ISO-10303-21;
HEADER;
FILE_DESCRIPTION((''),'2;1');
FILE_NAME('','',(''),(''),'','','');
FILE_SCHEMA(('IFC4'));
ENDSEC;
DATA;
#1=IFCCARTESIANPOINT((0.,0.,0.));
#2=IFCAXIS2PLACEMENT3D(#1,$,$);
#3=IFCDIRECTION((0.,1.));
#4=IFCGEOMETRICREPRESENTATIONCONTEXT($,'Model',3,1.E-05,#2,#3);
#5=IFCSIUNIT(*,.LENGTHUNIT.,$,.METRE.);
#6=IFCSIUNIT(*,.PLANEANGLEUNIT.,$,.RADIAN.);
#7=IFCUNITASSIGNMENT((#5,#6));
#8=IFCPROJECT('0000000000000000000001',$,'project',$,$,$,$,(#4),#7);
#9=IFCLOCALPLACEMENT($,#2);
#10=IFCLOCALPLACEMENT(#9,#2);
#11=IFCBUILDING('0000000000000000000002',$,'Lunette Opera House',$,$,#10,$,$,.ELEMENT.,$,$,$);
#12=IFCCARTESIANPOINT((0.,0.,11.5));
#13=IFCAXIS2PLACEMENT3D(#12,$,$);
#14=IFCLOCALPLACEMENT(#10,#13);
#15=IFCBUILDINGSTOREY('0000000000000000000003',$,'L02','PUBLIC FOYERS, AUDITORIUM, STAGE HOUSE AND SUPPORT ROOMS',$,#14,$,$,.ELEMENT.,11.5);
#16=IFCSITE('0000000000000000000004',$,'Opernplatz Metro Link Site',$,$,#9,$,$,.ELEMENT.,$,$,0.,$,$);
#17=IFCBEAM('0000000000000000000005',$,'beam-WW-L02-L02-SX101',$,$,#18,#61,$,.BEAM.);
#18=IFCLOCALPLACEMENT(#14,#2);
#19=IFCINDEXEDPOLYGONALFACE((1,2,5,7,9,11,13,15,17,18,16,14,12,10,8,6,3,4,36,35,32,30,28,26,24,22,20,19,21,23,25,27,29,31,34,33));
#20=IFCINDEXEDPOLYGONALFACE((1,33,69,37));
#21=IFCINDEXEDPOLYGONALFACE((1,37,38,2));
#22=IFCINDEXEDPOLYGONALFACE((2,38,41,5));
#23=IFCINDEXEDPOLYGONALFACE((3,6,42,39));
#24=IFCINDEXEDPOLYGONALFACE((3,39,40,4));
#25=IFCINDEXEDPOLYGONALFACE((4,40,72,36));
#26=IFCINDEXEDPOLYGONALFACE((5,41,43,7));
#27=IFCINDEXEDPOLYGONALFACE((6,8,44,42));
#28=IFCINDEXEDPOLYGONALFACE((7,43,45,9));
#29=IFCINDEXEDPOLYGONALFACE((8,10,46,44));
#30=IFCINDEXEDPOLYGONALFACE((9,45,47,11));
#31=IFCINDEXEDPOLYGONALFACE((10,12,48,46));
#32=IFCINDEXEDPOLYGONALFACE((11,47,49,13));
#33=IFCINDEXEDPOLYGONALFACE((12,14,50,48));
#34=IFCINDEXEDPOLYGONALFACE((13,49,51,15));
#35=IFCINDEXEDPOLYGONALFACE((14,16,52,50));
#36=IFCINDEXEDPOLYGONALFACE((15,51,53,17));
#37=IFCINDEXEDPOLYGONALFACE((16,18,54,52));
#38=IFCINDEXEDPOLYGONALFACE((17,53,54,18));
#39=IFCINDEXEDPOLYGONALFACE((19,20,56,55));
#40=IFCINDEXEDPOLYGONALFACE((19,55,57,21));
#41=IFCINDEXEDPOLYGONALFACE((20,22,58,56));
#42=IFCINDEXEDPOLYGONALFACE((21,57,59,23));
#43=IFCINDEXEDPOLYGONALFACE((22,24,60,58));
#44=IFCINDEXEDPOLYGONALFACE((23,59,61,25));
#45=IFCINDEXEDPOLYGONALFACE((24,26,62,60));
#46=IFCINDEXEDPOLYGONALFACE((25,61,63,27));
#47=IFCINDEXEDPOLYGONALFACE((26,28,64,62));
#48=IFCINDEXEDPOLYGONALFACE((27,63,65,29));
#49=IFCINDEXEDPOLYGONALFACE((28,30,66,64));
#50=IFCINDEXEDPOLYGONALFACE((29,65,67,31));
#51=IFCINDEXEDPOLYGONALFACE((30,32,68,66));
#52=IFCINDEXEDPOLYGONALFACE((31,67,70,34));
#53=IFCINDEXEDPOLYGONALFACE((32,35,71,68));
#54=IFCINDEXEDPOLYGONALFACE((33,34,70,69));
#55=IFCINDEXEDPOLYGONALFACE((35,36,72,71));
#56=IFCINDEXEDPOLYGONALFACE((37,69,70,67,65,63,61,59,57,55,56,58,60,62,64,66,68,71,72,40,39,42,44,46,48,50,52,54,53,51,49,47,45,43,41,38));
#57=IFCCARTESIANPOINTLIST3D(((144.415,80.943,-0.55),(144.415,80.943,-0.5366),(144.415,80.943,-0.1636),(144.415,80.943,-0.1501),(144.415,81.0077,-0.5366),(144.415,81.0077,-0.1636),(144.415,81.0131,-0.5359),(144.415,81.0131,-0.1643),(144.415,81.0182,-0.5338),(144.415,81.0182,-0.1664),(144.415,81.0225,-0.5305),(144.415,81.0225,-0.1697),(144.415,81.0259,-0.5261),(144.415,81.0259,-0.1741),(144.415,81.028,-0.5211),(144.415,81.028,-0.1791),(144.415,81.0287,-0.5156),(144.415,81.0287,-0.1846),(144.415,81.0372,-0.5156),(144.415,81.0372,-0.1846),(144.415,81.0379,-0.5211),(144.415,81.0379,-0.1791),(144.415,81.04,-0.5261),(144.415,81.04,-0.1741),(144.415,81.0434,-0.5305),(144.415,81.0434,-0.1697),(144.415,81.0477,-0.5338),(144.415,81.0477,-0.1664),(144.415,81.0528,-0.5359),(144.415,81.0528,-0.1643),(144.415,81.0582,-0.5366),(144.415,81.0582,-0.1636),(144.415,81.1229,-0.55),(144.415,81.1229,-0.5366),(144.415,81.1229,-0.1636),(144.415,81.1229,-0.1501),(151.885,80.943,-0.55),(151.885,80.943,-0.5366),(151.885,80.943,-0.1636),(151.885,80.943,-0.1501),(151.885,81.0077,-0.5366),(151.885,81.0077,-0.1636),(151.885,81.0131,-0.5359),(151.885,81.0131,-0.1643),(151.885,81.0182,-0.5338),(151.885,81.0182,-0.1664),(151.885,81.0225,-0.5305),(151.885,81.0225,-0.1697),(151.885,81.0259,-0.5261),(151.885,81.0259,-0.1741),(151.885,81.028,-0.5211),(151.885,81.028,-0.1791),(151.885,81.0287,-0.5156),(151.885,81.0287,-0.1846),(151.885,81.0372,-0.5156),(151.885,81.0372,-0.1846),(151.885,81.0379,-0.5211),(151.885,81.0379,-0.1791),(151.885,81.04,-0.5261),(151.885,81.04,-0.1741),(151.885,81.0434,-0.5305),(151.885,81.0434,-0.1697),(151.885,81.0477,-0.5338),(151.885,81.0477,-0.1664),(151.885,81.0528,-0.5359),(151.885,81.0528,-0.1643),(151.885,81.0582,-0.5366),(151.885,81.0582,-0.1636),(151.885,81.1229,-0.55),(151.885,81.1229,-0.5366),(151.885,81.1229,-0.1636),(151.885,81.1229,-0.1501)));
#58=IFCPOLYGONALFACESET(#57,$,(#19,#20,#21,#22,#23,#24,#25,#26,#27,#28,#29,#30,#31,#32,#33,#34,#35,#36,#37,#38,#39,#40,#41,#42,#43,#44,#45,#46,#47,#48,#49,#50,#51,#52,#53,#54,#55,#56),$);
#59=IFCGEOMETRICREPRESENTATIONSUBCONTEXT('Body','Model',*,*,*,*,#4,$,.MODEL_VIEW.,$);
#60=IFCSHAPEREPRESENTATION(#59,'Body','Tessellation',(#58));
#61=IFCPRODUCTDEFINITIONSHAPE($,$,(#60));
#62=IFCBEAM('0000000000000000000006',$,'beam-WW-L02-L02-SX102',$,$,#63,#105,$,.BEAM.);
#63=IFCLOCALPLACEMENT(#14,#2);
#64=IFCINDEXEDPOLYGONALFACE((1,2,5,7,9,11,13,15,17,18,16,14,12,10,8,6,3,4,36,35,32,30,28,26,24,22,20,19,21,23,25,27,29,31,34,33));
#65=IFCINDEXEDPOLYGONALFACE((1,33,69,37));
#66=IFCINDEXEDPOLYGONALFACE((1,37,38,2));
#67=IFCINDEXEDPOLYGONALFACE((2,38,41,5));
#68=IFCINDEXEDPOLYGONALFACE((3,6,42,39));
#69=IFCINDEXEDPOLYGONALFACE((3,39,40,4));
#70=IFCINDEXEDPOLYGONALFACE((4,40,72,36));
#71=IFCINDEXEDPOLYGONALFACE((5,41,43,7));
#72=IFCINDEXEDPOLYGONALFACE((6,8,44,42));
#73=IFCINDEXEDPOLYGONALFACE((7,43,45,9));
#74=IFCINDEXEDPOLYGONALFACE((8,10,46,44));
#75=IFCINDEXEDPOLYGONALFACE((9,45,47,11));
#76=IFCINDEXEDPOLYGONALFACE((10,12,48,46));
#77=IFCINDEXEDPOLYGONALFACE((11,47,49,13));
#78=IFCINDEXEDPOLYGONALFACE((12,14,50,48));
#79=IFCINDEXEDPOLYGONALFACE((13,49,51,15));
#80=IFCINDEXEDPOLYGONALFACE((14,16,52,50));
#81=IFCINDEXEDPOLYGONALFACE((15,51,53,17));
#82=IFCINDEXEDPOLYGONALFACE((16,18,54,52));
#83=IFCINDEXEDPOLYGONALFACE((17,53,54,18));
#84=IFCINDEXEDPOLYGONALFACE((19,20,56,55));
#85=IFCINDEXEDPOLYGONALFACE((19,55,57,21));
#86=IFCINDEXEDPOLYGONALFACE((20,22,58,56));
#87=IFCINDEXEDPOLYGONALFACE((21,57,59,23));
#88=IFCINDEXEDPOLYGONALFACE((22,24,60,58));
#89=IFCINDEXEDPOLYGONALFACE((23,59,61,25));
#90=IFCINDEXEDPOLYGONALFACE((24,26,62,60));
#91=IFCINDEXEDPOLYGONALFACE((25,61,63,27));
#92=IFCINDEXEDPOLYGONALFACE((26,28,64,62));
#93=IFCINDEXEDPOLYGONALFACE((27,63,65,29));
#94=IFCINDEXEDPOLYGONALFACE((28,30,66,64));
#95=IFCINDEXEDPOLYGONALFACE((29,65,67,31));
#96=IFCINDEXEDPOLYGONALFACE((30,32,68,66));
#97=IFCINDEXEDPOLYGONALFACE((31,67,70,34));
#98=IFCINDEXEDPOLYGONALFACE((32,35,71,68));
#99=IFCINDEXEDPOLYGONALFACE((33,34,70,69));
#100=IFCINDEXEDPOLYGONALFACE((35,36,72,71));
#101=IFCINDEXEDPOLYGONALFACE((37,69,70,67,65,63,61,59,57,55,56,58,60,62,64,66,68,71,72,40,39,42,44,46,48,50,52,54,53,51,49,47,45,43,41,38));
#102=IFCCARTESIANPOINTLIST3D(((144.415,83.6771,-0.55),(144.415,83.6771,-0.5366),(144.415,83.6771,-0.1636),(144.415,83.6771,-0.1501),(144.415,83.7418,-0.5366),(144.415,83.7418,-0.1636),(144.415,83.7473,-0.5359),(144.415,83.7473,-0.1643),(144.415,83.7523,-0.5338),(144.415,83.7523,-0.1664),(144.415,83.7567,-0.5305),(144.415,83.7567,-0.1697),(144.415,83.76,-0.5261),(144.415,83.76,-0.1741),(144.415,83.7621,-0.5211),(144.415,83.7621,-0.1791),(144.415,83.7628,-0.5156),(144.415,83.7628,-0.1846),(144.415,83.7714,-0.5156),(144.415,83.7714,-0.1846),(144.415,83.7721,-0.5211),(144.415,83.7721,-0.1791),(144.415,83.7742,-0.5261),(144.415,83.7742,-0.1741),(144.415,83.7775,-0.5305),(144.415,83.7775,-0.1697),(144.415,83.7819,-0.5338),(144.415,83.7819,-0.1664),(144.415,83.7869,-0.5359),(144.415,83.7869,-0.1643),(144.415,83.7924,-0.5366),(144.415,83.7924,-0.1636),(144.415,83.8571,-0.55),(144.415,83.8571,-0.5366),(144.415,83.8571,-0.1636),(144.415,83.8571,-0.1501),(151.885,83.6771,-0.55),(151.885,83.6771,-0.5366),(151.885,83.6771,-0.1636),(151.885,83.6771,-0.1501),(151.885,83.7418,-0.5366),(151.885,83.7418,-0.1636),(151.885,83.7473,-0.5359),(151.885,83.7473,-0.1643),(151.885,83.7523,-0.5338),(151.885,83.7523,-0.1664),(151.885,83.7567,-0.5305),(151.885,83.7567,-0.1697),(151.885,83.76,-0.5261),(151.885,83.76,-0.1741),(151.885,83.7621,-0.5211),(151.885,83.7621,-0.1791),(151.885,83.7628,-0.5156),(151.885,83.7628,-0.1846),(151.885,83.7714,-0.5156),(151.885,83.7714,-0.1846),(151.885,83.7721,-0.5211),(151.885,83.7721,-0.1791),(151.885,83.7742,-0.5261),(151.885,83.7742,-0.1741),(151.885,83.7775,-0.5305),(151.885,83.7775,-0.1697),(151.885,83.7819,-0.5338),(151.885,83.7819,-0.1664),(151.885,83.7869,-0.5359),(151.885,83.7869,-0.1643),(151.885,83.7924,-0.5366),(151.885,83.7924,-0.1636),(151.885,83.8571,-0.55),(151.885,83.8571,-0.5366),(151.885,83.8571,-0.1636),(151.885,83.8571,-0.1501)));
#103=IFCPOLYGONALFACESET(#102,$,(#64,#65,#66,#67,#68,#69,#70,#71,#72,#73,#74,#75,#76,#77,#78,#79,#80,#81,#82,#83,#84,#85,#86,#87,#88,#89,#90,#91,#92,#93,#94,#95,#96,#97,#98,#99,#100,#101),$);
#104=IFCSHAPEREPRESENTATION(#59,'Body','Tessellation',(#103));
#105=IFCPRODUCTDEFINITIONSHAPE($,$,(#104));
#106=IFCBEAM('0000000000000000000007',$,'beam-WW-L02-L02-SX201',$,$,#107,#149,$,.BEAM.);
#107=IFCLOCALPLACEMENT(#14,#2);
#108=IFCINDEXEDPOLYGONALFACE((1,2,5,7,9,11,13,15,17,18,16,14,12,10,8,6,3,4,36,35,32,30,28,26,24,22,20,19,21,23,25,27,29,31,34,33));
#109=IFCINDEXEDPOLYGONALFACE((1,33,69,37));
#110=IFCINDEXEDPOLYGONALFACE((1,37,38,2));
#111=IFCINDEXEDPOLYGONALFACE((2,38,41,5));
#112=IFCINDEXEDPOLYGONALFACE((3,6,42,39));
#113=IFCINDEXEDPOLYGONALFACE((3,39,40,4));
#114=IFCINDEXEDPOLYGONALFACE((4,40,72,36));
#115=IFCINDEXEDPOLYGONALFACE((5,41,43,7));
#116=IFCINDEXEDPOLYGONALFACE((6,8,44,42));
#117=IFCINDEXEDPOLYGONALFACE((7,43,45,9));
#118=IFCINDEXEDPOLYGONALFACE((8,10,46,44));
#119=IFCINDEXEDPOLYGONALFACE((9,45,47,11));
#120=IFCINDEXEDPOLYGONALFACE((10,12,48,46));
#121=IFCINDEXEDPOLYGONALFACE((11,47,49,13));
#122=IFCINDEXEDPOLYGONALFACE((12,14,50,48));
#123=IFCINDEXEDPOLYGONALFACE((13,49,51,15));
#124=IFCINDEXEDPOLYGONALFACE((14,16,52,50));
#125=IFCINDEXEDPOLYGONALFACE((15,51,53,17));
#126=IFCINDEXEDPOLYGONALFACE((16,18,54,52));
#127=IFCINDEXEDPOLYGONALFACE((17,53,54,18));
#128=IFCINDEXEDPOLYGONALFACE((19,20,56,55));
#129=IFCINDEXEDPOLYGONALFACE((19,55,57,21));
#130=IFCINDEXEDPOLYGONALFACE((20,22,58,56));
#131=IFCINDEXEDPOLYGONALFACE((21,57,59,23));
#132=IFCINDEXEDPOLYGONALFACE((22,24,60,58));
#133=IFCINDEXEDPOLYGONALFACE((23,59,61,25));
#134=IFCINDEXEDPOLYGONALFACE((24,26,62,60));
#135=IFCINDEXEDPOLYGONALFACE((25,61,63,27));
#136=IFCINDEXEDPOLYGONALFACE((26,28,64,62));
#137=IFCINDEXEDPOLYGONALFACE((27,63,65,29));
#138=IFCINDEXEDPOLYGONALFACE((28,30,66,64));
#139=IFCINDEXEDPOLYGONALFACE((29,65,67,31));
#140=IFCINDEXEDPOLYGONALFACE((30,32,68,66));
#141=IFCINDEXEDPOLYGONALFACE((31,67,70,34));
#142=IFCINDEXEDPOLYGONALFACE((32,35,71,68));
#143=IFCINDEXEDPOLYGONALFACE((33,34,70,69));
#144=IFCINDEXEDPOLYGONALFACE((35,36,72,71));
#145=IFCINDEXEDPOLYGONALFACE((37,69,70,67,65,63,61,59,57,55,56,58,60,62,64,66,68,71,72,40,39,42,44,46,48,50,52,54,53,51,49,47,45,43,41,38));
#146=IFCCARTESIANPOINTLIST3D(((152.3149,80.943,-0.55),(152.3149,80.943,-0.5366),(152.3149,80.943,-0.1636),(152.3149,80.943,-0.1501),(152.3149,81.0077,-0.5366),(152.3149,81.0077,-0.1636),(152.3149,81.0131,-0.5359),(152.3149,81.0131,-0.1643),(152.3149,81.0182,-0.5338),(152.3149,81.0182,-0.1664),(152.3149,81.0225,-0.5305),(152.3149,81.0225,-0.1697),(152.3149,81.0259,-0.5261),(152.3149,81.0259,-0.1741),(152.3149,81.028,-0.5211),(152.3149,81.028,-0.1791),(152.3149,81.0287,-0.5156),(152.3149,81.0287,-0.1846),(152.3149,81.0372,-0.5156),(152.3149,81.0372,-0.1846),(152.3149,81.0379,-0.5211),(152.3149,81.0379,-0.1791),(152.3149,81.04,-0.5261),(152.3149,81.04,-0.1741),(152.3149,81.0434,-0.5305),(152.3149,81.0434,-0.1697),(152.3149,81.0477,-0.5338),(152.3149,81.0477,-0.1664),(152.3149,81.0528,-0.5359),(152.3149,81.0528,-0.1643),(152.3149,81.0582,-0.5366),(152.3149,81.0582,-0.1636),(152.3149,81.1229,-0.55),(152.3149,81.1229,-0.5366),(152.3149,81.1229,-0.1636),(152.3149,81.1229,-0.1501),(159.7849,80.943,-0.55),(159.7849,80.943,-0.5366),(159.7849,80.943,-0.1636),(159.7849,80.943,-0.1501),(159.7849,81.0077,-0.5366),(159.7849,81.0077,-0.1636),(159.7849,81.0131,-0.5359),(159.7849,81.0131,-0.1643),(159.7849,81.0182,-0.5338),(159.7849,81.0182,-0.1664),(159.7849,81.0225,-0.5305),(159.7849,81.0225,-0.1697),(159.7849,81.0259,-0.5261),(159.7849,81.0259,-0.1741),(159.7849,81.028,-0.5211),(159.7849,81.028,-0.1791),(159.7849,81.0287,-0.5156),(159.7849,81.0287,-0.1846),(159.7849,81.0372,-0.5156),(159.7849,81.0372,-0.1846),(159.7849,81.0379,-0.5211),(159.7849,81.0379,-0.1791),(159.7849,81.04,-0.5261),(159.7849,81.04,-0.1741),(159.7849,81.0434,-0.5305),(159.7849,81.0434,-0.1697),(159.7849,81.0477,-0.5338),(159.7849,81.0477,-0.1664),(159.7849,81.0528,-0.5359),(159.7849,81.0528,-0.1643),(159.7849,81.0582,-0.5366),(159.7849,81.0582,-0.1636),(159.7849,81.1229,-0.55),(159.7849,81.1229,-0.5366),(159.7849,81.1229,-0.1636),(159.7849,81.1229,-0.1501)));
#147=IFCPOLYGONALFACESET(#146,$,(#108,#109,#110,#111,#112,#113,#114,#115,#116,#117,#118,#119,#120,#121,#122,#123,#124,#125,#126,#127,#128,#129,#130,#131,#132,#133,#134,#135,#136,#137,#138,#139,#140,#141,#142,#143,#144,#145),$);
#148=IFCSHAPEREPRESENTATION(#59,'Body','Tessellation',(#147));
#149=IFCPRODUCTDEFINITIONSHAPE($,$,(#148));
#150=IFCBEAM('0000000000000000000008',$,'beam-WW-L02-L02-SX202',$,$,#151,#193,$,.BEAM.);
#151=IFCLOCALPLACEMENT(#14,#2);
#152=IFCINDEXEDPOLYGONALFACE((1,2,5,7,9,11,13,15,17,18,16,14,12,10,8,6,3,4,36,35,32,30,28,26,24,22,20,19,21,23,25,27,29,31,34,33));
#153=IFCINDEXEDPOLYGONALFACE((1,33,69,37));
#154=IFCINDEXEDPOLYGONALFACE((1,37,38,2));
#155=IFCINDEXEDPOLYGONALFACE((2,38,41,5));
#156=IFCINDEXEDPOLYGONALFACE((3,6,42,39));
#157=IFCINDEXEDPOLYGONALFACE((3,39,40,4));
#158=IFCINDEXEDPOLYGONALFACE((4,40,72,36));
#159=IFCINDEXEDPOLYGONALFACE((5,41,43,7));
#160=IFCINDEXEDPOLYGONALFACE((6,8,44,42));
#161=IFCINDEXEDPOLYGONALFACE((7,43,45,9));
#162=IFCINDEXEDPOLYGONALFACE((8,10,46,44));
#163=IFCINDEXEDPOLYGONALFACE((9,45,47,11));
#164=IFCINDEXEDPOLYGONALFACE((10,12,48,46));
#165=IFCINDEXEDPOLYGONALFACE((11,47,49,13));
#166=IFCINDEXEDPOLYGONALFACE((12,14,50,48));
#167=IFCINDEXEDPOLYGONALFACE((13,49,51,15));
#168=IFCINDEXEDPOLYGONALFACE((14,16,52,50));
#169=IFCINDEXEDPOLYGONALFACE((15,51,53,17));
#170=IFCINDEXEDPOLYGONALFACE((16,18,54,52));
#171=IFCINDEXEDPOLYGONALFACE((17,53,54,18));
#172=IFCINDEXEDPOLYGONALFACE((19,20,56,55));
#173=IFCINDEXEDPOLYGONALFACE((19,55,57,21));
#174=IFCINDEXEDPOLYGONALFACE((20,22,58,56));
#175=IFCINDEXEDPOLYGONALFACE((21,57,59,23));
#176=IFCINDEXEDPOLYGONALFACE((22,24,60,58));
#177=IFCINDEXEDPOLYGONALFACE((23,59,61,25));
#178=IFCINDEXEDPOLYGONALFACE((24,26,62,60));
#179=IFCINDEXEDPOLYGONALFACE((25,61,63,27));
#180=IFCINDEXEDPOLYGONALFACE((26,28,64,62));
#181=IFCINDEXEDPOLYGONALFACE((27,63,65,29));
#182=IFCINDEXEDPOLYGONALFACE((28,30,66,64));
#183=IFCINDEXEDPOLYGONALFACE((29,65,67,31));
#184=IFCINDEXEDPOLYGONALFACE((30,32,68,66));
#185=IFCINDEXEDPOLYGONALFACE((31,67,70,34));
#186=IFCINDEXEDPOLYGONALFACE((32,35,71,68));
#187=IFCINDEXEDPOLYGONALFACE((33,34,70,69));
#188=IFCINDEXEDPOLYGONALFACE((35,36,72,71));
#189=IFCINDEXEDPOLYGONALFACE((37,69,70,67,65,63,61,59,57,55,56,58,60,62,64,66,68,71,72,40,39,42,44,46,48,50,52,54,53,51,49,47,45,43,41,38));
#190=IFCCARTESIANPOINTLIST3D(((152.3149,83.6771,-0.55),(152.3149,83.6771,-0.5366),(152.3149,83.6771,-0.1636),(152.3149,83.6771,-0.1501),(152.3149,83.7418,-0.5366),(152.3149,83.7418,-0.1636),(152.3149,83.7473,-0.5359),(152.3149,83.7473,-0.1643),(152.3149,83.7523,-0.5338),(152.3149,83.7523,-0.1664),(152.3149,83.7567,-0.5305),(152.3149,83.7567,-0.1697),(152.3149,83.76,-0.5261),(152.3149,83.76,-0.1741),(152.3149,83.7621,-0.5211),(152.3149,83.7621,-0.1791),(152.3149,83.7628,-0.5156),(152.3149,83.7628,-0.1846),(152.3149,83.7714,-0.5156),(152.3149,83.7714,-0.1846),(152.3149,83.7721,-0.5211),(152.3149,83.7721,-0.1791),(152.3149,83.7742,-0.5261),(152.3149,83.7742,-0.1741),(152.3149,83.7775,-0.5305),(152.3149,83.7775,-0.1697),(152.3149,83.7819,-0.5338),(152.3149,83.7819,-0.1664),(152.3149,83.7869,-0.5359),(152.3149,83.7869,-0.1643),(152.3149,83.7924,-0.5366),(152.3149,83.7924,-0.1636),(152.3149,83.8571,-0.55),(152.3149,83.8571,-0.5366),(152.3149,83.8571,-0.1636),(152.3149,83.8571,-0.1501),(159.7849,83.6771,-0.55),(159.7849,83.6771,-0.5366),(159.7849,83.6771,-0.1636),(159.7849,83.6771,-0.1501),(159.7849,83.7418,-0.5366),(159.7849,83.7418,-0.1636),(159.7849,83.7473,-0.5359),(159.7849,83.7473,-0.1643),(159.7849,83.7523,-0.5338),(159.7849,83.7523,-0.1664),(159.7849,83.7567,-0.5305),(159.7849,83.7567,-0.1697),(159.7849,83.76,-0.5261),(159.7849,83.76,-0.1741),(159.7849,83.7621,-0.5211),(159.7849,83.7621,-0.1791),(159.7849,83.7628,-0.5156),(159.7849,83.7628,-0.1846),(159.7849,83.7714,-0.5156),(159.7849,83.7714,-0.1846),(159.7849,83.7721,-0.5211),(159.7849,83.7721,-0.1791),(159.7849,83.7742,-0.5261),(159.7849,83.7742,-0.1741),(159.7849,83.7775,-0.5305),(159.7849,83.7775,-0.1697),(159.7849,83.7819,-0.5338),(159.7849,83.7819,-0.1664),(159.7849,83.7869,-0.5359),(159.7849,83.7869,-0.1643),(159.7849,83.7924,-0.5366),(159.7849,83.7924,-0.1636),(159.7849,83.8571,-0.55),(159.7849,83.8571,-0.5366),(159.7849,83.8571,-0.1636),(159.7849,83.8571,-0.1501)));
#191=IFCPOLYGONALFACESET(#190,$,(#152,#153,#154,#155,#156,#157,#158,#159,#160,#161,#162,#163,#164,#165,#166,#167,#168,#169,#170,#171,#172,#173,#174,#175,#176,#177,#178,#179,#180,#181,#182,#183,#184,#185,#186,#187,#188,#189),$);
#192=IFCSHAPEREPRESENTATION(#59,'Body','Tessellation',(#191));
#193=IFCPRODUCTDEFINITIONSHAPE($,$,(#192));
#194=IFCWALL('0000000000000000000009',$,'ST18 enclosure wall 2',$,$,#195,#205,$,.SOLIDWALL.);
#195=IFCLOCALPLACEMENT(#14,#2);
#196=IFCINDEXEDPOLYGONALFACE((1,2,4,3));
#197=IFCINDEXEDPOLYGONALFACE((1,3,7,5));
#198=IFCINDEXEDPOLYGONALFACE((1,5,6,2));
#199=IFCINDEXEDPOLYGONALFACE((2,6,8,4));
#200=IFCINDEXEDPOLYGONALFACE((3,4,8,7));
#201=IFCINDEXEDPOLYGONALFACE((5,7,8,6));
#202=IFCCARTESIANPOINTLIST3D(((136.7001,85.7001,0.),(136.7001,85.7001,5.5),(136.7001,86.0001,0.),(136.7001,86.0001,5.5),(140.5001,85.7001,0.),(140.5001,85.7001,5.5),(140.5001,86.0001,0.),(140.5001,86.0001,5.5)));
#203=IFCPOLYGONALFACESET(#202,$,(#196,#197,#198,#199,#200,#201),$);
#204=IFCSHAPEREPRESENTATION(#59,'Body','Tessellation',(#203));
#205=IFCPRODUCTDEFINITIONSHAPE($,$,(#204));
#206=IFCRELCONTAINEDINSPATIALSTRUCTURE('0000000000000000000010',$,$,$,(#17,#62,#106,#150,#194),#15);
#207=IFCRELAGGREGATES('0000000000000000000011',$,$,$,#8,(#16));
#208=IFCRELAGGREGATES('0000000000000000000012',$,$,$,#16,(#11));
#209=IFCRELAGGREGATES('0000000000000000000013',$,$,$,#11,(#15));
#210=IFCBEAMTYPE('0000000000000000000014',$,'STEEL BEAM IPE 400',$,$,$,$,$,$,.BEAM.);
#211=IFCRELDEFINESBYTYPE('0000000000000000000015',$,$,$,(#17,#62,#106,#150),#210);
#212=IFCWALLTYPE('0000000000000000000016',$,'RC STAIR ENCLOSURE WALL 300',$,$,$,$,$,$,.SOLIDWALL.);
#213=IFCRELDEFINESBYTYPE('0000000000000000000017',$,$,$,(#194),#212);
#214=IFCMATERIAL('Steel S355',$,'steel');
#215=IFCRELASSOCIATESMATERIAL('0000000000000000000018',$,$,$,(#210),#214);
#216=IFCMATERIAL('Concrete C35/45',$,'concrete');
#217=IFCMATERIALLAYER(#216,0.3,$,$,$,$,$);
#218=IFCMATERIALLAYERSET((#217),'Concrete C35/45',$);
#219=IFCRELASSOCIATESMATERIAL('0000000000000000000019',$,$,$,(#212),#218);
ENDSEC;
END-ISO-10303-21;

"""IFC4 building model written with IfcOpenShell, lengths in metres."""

from ifc_helpers import new_model, si_unit, direction, frame, frame_2d, origin, origin_2d, place, context, subcontext, project, spatial, rectangle, i_section, extrude, material, layer, layer_set, material_profile, profile_set, type_object, element, save


model = new_model("IFC4")

# Units and contexts
model_context = context("Model", 3, precision=1e-05, world=origin(), true_north=direction((0.0, 1.0)))
body_context = subcontext(model_context, "Body", "Model", "MODEL_VIEW")
ifc_project = project(units=[si_unit("LENGTHUNIT", "METRE"), si_unit("PLANEANGLEUNIT", "RADIAN")], contexts=[model_context])

# Site, building, storey
site_placement = place(None, origin())
site = spatial("IfcSite", under=ifc_project, at=site_placement, Name="Opernplatz Metro Link Site", CompositionType="ELEMENT", RefElevation=0.0)
building_placement = place(site_placement, origin())
building = spatial("IfcBuilding", under=site, at=building_placement, Name="Lunette Opera House", CompositionType="ELEMENT")
storey_placement = place(building_placement, frame((0.0, 0.0, 11.5)))
storey = spatial("IfcBuildingStorey", under=building, at=storey_placement, Name="L02", Description="PUBLIC FOYERS, AUDITORIUM, STAGE HOUSE AND SUPPORT ROOMS", CompositionType="ELEMENT", Elevation=11.5)

# Beams
ifc_material_1 = material(Name="Steel S355", Category="steel")
ifc_material_profile_1 = material_profile(ifc_material_1, i_section(OverallWidth=0.1799, OverallDepth=0.3999, WebThickness=0.0085, FlangeThickness=0.0134, FilletRadius=0.021, at=origin_2d()), Name="IPE 400")
ifc_profile_set_1 = profile_set([ifc_material_profile_1], Name="Steel S355")
beam_type_1 = type_object("IfcBeamType", Name="STEEL BEAM IPE 400", PredefinedType="BEAM", material=ifc_profile_set_1)
for number, where, z_axis, x_axis, name in (
    (1, (144.415, 81.033, -0.3501), (1.0, 0.0, 0.0), (0.0, 1.0, 0.0), "beam-WW-L02-L02-SX101"),
    (2, (144.415, 83.7671, -0.3501), (1.0, 0.0, 0.0), (0.0, 1.0, 0.0), "beam-WW-L02-L02-SX102"),
    (3, (152.3149, 81.033, -0.3501), (1.0, 0.0, 0.0), (0.0, 1.0, 0.0), "beam-WW-L02-L02-SX201"),
    (4, (152.3149, 83.7671, -0.3501), (1.0, 0.0, 0.0), (0.0, 1.0, 0.0), "beam-WW-L02-L02-SX202"),
):
    element("IfcBeam", number, at=place(storey_placement, frame(where, z_axis=z_axis, x_axis=x_axis)), inside=storey, type_object=beam_type_1, Name=name, PredefinedType="BEAM", context=body_context, shape_type="SweptSolid", body=[
        extrude(i_section(OverallWidth=0.1799, OverallDepth=0.3999, WebThickness=0.0085, FlangeThickness=0.0134, FilletRadius=0.021, at=origin_2d()), origin(), (0.0, 0.0, 1.0), 7.47),
    ])

# Wall
ifc_material_2 = material(Name="Concrete C35/45", Category="concrete")
ifc_layer = layer(ifc_material_2, 0.3)
ifc_layer_set = layer_set([ifc_layer], Name="Concrete C35/45")
wall_type = type_object("IfcWallType", Name="RC STAIR ENCLOSURE WALL 300", PredefinedType="SOLIDWALL", material=ifc_layer_set)
wall_placement = place(storey_placement, frame((140.5, 85.8501, 0.0), z_axis=(0.0, 0.0, 1.0), x_axis=(-1.0, 0.0, 0.0)))
element("IfcWall", 5, at=wall_placement, inside=storey, type_object=wall_type, Name="ST18 enclosure wall 2", PredefinedType="SOLIDWALL", context=body_context, shape_type="SweptSolid", body=[
    extrude(rectangle(XDim=3.8, YDim=0.3, at=frame_2d((1.8999, 0.0))), origin(), (0.0, 0.0, 1.0), 5.5),
])

save(model, "model.ifc")
